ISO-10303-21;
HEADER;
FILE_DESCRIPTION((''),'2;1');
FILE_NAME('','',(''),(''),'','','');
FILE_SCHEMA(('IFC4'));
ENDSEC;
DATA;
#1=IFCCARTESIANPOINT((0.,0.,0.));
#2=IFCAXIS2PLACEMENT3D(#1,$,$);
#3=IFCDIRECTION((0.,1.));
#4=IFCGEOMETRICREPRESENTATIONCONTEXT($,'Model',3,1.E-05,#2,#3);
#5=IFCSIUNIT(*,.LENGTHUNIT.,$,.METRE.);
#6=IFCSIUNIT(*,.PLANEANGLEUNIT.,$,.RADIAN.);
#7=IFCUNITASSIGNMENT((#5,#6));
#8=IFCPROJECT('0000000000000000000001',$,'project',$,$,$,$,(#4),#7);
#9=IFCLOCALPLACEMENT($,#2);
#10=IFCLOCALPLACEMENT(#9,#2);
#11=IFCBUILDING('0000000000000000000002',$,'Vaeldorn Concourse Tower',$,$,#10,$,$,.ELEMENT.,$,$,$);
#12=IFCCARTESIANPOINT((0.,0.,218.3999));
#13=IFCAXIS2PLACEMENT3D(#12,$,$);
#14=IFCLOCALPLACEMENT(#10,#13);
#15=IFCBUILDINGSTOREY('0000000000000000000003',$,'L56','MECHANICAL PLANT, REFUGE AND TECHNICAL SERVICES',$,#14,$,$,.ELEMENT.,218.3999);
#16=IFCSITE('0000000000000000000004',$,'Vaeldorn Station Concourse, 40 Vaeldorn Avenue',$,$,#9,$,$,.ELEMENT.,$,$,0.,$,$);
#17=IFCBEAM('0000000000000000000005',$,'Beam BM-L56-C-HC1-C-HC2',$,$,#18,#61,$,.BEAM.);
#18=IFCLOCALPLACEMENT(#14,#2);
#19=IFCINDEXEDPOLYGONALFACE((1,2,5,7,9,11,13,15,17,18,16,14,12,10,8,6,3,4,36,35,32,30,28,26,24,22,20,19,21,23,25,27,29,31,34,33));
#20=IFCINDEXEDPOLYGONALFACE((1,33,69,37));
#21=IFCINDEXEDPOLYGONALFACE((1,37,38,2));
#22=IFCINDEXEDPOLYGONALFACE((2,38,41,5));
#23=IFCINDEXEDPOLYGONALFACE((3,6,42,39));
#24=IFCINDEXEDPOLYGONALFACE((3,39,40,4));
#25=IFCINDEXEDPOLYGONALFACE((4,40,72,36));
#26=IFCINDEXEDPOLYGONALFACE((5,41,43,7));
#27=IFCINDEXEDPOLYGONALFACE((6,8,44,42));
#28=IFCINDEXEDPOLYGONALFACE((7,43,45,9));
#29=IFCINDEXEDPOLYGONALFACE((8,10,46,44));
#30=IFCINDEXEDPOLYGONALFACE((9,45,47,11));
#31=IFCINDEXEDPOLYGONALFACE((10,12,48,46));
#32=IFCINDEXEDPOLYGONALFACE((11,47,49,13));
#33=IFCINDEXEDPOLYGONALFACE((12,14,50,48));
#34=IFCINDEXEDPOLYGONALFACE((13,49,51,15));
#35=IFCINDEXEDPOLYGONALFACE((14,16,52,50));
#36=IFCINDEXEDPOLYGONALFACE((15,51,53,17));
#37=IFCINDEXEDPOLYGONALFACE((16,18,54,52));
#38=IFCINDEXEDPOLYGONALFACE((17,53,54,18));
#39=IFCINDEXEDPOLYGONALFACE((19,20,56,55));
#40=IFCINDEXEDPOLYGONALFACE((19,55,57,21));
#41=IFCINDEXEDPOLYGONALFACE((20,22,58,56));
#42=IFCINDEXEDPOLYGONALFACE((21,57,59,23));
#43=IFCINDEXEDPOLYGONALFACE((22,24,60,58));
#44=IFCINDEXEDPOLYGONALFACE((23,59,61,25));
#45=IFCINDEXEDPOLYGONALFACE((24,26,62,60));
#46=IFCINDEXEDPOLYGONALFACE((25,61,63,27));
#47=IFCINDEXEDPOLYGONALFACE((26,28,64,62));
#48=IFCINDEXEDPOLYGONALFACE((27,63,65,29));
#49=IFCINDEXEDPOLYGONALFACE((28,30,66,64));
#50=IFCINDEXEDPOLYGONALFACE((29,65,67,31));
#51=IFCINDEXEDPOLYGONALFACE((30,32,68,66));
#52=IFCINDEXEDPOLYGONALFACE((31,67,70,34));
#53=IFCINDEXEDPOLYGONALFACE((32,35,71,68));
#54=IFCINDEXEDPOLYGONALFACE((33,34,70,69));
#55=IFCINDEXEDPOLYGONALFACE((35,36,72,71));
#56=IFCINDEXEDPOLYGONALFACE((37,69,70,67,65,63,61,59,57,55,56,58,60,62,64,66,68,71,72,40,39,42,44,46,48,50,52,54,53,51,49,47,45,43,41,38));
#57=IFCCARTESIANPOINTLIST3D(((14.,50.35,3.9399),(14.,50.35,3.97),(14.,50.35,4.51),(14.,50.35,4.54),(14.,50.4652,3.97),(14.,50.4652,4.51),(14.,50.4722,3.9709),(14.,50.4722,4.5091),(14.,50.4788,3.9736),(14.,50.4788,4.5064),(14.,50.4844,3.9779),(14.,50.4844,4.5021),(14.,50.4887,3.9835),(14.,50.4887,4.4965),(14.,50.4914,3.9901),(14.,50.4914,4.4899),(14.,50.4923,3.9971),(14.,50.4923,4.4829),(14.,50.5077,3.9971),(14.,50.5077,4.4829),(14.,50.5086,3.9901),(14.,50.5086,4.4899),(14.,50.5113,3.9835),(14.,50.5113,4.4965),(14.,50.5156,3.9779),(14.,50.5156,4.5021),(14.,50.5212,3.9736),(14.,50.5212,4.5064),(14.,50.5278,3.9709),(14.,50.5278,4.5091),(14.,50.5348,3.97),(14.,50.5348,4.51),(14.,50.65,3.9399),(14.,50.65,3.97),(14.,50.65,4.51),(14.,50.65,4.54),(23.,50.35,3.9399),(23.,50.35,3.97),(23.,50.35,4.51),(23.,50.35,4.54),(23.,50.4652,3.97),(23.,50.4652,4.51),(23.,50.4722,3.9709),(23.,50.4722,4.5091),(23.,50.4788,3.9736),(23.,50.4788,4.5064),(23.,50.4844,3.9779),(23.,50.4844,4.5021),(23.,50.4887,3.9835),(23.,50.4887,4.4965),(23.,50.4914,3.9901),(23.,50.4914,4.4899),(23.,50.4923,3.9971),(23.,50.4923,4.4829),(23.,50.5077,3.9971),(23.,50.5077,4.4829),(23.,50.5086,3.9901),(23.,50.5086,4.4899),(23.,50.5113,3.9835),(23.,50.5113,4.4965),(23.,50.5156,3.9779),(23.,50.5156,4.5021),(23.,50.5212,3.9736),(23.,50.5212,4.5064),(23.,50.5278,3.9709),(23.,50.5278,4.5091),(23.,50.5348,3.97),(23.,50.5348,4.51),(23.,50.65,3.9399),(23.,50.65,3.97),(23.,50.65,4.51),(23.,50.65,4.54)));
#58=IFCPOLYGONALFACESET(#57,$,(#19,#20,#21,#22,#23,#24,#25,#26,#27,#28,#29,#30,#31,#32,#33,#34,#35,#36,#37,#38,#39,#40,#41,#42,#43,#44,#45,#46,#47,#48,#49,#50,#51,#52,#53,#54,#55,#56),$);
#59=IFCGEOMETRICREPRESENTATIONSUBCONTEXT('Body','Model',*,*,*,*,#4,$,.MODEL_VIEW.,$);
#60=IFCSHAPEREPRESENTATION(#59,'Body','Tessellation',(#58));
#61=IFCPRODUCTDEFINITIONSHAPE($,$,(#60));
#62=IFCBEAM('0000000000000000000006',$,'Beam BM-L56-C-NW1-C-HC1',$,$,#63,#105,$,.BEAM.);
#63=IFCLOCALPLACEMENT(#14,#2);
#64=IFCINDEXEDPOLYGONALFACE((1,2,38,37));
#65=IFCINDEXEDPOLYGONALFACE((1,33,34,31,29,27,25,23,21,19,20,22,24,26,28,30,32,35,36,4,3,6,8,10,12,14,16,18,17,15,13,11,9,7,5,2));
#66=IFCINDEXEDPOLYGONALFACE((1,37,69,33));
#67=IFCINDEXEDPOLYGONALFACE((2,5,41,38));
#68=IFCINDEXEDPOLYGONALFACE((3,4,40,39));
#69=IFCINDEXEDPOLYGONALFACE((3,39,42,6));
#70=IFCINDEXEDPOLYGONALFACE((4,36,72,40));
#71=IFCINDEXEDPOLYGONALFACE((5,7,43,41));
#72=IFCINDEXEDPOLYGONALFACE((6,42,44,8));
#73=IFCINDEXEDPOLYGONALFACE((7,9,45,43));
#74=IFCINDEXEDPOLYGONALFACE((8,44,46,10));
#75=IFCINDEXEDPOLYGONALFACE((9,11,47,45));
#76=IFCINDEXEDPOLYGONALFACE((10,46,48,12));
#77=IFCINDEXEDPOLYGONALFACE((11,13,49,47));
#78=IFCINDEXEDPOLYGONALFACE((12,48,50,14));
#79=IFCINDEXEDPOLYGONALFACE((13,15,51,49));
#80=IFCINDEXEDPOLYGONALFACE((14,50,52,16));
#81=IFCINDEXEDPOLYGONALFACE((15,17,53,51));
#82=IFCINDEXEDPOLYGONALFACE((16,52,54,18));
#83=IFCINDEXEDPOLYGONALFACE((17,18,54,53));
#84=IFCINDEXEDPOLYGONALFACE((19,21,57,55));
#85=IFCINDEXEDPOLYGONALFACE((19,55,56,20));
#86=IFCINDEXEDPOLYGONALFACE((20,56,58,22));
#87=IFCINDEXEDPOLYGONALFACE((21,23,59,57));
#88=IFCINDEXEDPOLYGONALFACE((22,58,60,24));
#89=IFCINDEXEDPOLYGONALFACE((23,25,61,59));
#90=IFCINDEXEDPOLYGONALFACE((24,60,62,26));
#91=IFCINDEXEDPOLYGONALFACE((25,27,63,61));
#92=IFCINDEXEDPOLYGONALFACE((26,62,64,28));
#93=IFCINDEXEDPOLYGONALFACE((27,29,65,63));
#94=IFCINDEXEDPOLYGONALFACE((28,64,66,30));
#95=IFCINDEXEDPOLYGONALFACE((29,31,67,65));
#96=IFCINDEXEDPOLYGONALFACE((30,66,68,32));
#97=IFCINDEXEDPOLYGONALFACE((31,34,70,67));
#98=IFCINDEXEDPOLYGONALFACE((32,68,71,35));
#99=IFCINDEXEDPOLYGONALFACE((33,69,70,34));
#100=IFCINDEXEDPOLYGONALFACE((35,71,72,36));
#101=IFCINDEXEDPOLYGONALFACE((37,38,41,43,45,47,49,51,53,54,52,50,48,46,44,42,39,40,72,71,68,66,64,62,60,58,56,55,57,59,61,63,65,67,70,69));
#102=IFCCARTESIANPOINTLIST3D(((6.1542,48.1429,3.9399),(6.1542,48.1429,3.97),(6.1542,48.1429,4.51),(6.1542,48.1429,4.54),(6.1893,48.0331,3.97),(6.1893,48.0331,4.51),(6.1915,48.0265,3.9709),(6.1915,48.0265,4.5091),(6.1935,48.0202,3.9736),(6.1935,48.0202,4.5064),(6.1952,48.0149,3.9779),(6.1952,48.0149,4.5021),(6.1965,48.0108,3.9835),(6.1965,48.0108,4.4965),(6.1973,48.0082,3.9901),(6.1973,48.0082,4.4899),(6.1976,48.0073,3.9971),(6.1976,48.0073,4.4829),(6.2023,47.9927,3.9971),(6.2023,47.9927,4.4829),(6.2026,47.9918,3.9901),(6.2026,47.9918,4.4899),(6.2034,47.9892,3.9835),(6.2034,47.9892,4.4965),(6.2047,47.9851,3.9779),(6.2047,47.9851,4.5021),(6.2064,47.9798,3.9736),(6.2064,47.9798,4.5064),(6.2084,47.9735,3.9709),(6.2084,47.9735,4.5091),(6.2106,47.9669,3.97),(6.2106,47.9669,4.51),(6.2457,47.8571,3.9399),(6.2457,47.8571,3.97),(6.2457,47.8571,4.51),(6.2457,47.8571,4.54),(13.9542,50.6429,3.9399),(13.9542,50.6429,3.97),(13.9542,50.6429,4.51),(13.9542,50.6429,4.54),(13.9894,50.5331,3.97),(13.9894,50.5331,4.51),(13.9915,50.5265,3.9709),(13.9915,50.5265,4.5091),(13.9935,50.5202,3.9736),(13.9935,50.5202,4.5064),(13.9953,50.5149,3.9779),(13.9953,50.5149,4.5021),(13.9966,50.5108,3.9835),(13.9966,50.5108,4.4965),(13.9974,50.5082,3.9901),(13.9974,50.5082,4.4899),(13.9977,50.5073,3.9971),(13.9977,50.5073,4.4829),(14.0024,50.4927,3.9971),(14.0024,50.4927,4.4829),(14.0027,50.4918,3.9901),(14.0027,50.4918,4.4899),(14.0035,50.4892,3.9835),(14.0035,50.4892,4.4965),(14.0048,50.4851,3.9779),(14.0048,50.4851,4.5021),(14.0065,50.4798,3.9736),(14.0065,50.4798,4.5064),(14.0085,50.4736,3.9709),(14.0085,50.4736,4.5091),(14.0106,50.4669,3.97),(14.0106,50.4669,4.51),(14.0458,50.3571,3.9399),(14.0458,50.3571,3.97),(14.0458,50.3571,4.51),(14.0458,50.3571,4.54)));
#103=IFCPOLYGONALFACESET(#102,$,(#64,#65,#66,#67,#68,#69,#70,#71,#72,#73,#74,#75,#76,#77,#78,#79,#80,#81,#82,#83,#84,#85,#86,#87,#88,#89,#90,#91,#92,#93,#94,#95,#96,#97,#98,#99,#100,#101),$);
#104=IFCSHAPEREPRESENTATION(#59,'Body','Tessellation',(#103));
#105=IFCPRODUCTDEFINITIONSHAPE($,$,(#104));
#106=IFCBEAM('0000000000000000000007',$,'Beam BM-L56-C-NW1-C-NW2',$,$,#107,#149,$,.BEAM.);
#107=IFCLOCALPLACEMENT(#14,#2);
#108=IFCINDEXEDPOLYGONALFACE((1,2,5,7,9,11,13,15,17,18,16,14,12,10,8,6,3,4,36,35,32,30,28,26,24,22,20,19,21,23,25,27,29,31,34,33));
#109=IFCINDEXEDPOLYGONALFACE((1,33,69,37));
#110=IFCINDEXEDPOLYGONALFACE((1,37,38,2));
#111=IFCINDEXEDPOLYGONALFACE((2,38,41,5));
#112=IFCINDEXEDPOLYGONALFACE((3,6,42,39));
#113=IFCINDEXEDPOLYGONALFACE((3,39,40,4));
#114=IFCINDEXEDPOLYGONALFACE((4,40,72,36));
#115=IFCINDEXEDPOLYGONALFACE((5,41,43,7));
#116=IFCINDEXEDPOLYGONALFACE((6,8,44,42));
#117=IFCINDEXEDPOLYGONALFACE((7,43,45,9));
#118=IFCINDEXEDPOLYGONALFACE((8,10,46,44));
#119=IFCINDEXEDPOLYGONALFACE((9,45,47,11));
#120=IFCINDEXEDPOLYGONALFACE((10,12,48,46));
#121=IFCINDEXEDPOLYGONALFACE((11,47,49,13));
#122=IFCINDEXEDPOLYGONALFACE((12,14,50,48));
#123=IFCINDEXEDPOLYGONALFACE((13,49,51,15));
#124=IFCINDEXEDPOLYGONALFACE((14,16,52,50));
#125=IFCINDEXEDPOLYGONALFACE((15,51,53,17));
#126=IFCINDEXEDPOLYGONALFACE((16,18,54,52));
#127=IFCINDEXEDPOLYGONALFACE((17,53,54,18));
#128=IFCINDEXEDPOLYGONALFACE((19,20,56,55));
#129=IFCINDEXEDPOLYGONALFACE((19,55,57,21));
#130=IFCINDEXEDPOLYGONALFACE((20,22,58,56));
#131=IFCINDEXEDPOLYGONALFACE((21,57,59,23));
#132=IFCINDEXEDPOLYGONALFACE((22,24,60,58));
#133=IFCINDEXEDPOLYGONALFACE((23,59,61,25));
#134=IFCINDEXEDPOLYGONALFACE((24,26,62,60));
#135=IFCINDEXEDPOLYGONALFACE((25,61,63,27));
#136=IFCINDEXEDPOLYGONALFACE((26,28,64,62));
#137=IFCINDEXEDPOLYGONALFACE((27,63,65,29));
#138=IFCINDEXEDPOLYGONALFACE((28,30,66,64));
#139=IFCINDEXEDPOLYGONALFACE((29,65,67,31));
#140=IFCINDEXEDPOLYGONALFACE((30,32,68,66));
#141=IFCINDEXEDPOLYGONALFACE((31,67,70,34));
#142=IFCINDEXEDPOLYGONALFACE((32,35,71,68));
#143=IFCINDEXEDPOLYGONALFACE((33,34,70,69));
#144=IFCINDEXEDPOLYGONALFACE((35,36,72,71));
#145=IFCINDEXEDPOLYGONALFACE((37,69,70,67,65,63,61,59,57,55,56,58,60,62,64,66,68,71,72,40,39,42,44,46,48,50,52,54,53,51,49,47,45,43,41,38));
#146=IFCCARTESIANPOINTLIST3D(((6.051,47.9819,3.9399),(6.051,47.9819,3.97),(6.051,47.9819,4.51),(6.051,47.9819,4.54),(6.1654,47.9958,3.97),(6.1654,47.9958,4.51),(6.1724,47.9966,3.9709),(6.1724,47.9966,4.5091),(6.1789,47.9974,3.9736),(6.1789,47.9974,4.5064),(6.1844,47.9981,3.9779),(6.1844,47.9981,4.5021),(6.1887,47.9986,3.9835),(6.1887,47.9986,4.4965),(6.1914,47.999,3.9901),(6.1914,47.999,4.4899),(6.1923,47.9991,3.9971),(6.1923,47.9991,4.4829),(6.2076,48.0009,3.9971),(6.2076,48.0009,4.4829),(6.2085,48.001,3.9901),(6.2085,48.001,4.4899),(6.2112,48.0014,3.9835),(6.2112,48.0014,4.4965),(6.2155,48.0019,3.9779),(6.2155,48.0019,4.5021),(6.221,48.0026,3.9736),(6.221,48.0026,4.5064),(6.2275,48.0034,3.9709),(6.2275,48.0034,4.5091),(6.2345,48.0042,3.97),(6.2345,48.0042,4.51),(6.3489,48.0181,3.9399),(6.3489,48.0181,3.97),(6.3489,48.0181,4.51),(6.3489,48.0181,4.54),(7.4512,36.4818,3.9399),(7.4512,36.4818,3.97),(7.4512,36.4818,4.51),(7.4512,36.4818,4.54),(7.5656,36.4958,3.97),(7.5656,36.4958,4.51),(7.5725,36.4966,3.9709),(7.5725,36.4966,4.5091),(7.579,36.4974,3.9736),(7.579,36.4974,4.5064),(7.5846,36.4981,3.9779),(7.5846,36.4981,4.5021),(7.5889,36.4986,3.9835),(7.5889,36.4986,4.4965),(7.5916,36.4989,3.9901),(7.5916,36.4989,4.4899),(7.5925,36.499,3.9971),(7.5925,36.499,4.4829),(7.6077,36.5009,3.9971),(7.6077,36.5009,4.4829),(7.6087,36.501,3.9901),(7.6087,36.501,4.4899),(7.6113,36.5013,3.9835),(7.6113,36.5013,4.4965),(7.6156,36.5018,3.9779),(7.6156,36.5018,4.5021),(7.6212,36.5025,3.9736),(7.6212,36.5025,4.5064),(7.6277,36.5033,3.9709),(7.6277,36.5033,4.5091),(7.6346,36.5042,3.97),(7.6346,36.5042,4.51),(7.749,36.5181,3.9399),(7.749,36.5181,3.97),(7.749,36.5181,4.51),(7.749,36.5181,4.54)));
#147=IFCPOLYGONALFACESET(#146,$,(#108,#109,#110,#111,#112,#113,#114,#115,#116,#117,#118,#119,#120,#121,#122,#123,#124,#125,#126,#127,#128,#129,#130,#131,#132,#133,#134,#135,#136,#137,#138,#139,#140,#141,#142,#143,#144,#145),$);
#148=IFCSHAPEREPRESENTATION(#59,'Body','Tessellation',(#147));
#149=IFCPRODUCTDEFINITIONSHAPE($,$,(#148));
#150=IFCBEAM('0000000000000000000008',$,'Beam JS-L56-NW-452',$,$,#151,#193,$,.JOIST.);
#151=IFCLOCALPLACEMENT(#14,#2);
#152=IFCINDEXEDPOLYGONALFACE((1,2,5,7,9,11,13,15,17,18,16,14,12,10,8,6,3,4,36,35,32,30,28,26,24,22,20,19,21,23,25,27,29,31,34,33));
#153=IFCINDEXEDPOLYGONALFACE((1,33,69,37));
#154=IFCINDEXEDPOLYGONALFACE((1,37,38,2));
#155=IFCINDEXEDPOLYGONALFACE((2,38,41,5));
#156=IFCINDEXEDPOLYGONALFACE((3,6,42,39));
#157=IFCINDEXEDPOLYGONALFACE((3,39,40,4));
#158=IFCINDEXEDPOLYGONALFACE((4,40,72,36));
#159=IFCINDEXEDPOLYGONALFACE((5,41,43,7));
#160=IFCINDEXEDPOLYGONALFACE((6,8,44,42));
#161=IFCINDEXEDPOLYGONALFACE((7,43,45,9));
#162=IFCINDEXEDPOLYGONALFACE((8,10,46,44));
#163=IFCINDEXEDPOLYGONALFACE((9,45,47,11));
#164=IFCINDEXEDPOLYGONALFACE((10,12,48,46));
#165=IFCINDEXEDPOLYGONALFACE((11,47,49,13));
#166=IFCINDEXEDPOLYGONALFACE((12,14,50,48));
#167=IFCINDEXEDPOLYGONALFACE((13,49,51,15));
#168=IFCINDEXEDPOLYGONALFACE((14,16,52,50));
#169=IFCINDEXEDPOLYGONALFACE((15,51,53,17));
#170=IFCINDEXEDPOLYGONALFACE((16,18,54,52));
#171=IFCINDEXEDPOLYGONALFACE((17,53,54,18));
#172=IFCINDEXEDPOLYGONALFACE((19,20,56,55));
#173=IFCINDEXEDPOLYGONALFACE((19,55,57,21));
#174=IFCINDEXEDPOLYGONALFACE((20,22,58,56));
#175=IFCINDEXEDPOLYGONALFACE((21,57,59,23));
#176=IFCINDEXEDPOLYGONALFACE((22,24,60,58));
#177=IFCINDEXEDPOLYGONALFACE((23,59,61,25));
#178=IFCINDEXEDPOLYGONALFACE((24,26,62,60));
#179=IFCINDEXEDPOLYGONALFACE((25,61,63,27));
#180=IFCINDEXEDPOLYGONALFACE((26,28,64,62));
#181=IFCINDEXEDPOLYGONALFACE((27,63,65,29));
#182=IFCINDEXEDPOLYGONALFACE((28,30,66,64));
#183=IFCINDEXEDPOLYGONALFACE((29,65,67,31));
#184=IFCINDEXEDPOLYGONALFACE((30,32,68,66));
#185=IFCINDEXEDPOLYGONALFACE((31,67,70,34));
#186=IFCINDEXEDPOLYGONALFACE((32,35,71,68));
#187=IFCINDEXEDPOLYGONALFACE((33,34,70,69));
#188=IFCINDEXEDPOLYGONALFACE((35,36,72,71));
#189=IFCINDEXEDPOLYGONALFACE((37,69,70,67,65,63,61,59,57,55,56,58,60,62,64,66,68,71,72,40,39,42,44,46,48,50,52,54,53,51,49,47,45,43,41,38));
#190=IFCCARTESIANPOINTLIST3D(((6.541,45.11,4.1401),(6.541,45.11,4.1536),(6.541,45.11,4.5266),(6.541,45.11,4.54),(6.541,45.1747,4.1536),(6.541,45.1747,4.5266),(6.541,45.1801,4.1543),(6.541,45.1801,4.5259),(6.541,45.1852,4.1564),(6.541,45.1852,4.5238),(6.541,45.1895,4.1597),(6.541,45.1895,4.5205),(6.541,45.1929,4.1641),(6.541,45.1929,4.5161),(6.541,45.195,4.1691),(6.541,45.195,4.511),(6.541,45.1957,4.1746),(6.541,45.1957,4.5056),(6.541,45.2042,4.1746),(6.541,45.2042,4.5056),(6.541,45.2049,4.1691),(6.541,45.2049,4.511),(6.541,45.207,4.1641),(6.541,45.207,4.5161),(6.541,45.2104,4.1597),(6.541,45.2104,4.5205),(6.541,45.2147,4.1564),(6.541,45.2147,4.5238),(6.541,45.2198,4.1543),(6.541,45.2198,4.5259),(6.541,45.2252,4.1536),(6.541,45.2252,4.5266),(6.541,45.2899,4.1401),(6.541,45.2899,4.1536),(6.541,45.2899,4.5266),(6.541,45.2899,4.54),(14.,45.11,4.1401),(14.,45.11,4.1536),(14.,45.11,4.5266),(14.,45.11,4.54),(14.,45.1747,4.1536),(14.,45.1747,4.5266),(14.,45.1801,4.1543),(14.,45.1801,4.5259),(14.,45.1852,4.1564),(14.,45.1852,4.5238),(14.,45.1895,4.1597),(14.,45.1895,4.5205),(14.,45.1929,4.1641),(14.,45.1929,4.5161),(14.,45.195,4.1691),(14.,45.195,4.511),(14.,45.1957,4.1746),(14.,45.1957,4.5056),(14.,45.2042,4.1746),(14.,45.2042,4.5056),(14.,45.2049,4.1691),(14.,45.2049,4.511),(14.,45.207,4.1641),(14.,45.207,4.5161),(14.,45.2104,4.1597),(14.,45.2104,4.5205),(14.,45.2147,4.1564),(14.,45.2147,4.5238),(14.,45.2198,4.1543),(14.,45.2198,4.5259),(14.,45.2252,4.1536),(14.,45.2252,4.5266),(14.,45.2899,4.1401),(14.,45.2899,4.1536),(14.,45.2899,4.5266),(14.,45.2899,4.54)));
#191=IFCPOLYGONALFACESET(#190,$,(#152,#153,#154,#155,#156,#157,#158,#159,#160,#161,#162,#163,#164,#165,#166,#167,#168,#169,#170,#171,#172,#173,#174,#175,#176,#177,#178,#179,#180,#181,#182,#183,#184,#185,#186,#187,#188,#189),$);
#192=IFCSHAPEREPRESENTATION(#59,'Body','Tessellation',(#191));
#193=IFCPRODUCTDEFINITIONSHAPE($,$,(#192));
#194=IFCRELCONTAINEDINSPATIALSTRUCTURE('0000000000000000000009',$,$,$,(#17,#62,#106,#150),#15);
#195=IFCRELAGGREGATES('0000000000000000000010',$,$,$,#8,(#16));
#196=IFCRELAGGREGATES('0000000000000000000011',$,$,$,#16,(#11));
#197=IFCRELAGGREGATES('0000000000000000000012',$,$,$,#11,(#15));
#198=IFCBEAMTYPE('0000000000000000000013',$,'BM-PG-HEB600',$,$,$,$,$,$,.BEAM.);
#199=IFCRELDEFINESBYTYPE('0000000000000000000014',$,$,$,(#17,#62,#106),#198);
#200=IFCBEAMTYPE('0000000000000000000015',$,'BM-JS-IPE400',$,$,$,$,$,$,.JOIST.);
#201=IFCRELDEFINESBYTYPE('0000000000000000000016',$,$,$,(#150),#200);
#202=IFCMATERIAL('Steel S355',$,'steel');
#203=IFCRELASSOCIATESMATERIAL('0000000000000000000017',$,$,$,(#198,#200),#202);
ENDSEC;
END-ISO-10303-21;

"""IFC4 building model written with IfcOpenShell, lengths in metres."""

from ifc_helpers import new_model, si_unit, direction, frame, origin, origin_2d, place, context, subcontext, project, spatial, i_section, extrude, source, transform, mapped, material, material_profile, profile_set, type_object, element, save


model = new_model("IFC4")

# Units and contexts
model_context = context("Model", 3, precision=1e-05, world=origin(), true_north=direction((0.0, 1.0)))
body_context = subcontext(model_context, "Body", "Model", "MODEL_VIEW")
ifc_project = project(units=[si_unit("LENGTHUNIT", "METRE"), si_unit("PLANEANGLEUNIT", "RADIAN")], contexts=[model_context])

# Site, building, storey
site_placement = place(None, origin())
site = spatial("IfcSite", under=ifc_project, at=site_placement, Name="Vaeldorn Station Concourse, 40 Vaeldorn Avenue", CompositionType="ELEMENT", RefElevation=0.0)
building_placement = place(site_placement, origin())
building = spatial("IfcBuilding", under=site, at=building_placement, Name="Vaeldorn Concourse Tower", CompositionType="ELEMENT")
storey_placement = place(building_placement, frame((0.0, 0.0, 218.3999)))
storey = spatial("IfcBuildingStorey", under=building, at=storey_placement, Name="L56", Description="MECHANICAL PLANT, REFUGE AND TECHNICAL SERVICES", CompositionType="ELEMENT", Elevation=218.3999)

# Beams
ifc_material_1 = material(Name="Steel S355", Category="steel")
ifc_material_profile_1 = material_profile(ifc_material_1, i_section(OverallWidth=0.3, OverallDepth=0.6001, WebThickness=0.0154, FlangeThickness=0.03, FilletRadius=0.0271, at=origin_2d()), Name="HEB 600")
ifc_profile_set_1 = profile_set([ifc_material_profile_1], Name="Steel S355")
beam_type_1 = type_object("IfcBeamType", Name="BM-PG-HEB600", PredefinedType="BEAM", material=ifc_profile_set_1)
shared_shape_1 = source(origin(), body_context, "Body", "SweptSolid", [
    extrude(i_section(OverallWidth=0.3, OverallDepth=0.6001, WebThickness=0.0154, FlangeThickness=0.03, FilletRadius=0.0271, at=origin_2d()), origin(), (0.0, 0.0, 1.0), 9.0),
])
beam_1_placement = place(storey_placement, frame((14.0, 50.5, 4.24), z_axis=(1.0, 0.0, 0.0), x_axis=(0.0, 1.0, 0.0)))
element("IfcBeam", 1, at=beam_1_placement, inside=storey, type_object=beam_type_1, Name="Beam BM-L56-C-HC1-C-HC2", PredefinedType="BEAM", context=body_context, shape_type="MappedRepresentation", body=[
    mapped(shared_shape_1, transform((0.0, 0.0, 0.0), scale=1.0)),
])
shared_shape_2 = source(origin(), body_context, "Body", "SweptSolid", [
    extrude(i_section(OverallWidth=0.3, OverallDepth=0.6001, WebThickness=0.0154, FlangeThickness=0.03, FilletRadius=0.0271, at=origin_2d()), origin(), (0.0, 0.0, 1.0), 8.1909),
])
beam_2_placement = place(storey_placement, frame((6.2, 48.0, 4.24), z_axis=(0.952283, 0.305217, 0.0), x_axis=(-0.305217, 0.952283, 0.0)))
element("IfcBeam", 2, at=beam_2_placement, inside=storey, type_object=beam_type_1, Name="Beam BM-L56-C-NW1-C-HC1", PredefinedType="BEAM", context=body_context, shape_type="MappedRepresentation", body=[
    mapped(shared_shape_2, transform((0.0, 0.0, 0.0), scale=1.0)),
])
shared_shape_3 = source(origin(), body_context, "Body", "SweptSolid", [
    extrude(i_section(OverallWidth=0.3, OverallDepth=0.6001, WebThickness=0.0154, FlangeThickness=0.03, FilletRadius=0.0271, at=origin_2d()), origin(), (0.0, 0.0, 1.0), 11.585),
])
beam_3_placement = place(storey_placement, frame((6.2, 48.0, 4.24), z_axis=(0.120859, -0.99267, 0.0), x_axis=(0.99267, 0.120859, 0.0)))
element("IfcBeam", 3, at=beam_3_placement, inside=storey, type_object=beam_type_1, Name="Beam BM-L56-C-NW1-C-NW2", PredefinedType="BEAM", context=body_context, shape_type="MappedRepresentation", body=[
    mapped(shared_shape_3, transform((0.0, 0.0, 0.0), scale=1.0)),
])
ifc_material_profile_2 = material_profile(ifc_material_1, i_section(OverallWidth=0.1799, OverallDepth=0.3999, WebThickness=0.0085, FlangeThickness=0.0134, FilletRadius=0.021, at=origin_2d()), Name="IPE 400")
ifc_profile_set_2 = profile_set([ifc_material_profile_2], Name="Steel S355")
beam_type_2 = type_object("IfcBeamType", Name="BM-JS-IPE400", PredefinedType="JOIST", material=ifc_profile_set_2)
shared_shape_4 = source(origin(), body_context, "Body", "SweptSolid", [
    extrude(i_section(OverallWidth=0.1799, OverallDepth=0.3999, WebThickness=0.0085, FlangeThickness=0.0134, FilletRadius=0.021, at=origin_2d()), origin(), (0.0, 0.0, 1.0), 7.459),
])
beam_4_placement = place(storey_placement, frame((6.541, 45.2, 4.3401), z_axis=(1.0, 0.0, 0.0), x_axis=(0.0, 1.0, 0.0)))
element("IfcBeam", 4, at=beam_4_placement, inside=storey, type_object=beam_type_2, Name="Beam JS-L56-NW-452", PredefinedType="JOIST", context=body_context, shape_type="MappedRepresentation", body=[
    mapped(shared_shape_4, transform((0.0, 0.0, 0.0), scale=1.0)),
])

save(model, "model.ifc")
